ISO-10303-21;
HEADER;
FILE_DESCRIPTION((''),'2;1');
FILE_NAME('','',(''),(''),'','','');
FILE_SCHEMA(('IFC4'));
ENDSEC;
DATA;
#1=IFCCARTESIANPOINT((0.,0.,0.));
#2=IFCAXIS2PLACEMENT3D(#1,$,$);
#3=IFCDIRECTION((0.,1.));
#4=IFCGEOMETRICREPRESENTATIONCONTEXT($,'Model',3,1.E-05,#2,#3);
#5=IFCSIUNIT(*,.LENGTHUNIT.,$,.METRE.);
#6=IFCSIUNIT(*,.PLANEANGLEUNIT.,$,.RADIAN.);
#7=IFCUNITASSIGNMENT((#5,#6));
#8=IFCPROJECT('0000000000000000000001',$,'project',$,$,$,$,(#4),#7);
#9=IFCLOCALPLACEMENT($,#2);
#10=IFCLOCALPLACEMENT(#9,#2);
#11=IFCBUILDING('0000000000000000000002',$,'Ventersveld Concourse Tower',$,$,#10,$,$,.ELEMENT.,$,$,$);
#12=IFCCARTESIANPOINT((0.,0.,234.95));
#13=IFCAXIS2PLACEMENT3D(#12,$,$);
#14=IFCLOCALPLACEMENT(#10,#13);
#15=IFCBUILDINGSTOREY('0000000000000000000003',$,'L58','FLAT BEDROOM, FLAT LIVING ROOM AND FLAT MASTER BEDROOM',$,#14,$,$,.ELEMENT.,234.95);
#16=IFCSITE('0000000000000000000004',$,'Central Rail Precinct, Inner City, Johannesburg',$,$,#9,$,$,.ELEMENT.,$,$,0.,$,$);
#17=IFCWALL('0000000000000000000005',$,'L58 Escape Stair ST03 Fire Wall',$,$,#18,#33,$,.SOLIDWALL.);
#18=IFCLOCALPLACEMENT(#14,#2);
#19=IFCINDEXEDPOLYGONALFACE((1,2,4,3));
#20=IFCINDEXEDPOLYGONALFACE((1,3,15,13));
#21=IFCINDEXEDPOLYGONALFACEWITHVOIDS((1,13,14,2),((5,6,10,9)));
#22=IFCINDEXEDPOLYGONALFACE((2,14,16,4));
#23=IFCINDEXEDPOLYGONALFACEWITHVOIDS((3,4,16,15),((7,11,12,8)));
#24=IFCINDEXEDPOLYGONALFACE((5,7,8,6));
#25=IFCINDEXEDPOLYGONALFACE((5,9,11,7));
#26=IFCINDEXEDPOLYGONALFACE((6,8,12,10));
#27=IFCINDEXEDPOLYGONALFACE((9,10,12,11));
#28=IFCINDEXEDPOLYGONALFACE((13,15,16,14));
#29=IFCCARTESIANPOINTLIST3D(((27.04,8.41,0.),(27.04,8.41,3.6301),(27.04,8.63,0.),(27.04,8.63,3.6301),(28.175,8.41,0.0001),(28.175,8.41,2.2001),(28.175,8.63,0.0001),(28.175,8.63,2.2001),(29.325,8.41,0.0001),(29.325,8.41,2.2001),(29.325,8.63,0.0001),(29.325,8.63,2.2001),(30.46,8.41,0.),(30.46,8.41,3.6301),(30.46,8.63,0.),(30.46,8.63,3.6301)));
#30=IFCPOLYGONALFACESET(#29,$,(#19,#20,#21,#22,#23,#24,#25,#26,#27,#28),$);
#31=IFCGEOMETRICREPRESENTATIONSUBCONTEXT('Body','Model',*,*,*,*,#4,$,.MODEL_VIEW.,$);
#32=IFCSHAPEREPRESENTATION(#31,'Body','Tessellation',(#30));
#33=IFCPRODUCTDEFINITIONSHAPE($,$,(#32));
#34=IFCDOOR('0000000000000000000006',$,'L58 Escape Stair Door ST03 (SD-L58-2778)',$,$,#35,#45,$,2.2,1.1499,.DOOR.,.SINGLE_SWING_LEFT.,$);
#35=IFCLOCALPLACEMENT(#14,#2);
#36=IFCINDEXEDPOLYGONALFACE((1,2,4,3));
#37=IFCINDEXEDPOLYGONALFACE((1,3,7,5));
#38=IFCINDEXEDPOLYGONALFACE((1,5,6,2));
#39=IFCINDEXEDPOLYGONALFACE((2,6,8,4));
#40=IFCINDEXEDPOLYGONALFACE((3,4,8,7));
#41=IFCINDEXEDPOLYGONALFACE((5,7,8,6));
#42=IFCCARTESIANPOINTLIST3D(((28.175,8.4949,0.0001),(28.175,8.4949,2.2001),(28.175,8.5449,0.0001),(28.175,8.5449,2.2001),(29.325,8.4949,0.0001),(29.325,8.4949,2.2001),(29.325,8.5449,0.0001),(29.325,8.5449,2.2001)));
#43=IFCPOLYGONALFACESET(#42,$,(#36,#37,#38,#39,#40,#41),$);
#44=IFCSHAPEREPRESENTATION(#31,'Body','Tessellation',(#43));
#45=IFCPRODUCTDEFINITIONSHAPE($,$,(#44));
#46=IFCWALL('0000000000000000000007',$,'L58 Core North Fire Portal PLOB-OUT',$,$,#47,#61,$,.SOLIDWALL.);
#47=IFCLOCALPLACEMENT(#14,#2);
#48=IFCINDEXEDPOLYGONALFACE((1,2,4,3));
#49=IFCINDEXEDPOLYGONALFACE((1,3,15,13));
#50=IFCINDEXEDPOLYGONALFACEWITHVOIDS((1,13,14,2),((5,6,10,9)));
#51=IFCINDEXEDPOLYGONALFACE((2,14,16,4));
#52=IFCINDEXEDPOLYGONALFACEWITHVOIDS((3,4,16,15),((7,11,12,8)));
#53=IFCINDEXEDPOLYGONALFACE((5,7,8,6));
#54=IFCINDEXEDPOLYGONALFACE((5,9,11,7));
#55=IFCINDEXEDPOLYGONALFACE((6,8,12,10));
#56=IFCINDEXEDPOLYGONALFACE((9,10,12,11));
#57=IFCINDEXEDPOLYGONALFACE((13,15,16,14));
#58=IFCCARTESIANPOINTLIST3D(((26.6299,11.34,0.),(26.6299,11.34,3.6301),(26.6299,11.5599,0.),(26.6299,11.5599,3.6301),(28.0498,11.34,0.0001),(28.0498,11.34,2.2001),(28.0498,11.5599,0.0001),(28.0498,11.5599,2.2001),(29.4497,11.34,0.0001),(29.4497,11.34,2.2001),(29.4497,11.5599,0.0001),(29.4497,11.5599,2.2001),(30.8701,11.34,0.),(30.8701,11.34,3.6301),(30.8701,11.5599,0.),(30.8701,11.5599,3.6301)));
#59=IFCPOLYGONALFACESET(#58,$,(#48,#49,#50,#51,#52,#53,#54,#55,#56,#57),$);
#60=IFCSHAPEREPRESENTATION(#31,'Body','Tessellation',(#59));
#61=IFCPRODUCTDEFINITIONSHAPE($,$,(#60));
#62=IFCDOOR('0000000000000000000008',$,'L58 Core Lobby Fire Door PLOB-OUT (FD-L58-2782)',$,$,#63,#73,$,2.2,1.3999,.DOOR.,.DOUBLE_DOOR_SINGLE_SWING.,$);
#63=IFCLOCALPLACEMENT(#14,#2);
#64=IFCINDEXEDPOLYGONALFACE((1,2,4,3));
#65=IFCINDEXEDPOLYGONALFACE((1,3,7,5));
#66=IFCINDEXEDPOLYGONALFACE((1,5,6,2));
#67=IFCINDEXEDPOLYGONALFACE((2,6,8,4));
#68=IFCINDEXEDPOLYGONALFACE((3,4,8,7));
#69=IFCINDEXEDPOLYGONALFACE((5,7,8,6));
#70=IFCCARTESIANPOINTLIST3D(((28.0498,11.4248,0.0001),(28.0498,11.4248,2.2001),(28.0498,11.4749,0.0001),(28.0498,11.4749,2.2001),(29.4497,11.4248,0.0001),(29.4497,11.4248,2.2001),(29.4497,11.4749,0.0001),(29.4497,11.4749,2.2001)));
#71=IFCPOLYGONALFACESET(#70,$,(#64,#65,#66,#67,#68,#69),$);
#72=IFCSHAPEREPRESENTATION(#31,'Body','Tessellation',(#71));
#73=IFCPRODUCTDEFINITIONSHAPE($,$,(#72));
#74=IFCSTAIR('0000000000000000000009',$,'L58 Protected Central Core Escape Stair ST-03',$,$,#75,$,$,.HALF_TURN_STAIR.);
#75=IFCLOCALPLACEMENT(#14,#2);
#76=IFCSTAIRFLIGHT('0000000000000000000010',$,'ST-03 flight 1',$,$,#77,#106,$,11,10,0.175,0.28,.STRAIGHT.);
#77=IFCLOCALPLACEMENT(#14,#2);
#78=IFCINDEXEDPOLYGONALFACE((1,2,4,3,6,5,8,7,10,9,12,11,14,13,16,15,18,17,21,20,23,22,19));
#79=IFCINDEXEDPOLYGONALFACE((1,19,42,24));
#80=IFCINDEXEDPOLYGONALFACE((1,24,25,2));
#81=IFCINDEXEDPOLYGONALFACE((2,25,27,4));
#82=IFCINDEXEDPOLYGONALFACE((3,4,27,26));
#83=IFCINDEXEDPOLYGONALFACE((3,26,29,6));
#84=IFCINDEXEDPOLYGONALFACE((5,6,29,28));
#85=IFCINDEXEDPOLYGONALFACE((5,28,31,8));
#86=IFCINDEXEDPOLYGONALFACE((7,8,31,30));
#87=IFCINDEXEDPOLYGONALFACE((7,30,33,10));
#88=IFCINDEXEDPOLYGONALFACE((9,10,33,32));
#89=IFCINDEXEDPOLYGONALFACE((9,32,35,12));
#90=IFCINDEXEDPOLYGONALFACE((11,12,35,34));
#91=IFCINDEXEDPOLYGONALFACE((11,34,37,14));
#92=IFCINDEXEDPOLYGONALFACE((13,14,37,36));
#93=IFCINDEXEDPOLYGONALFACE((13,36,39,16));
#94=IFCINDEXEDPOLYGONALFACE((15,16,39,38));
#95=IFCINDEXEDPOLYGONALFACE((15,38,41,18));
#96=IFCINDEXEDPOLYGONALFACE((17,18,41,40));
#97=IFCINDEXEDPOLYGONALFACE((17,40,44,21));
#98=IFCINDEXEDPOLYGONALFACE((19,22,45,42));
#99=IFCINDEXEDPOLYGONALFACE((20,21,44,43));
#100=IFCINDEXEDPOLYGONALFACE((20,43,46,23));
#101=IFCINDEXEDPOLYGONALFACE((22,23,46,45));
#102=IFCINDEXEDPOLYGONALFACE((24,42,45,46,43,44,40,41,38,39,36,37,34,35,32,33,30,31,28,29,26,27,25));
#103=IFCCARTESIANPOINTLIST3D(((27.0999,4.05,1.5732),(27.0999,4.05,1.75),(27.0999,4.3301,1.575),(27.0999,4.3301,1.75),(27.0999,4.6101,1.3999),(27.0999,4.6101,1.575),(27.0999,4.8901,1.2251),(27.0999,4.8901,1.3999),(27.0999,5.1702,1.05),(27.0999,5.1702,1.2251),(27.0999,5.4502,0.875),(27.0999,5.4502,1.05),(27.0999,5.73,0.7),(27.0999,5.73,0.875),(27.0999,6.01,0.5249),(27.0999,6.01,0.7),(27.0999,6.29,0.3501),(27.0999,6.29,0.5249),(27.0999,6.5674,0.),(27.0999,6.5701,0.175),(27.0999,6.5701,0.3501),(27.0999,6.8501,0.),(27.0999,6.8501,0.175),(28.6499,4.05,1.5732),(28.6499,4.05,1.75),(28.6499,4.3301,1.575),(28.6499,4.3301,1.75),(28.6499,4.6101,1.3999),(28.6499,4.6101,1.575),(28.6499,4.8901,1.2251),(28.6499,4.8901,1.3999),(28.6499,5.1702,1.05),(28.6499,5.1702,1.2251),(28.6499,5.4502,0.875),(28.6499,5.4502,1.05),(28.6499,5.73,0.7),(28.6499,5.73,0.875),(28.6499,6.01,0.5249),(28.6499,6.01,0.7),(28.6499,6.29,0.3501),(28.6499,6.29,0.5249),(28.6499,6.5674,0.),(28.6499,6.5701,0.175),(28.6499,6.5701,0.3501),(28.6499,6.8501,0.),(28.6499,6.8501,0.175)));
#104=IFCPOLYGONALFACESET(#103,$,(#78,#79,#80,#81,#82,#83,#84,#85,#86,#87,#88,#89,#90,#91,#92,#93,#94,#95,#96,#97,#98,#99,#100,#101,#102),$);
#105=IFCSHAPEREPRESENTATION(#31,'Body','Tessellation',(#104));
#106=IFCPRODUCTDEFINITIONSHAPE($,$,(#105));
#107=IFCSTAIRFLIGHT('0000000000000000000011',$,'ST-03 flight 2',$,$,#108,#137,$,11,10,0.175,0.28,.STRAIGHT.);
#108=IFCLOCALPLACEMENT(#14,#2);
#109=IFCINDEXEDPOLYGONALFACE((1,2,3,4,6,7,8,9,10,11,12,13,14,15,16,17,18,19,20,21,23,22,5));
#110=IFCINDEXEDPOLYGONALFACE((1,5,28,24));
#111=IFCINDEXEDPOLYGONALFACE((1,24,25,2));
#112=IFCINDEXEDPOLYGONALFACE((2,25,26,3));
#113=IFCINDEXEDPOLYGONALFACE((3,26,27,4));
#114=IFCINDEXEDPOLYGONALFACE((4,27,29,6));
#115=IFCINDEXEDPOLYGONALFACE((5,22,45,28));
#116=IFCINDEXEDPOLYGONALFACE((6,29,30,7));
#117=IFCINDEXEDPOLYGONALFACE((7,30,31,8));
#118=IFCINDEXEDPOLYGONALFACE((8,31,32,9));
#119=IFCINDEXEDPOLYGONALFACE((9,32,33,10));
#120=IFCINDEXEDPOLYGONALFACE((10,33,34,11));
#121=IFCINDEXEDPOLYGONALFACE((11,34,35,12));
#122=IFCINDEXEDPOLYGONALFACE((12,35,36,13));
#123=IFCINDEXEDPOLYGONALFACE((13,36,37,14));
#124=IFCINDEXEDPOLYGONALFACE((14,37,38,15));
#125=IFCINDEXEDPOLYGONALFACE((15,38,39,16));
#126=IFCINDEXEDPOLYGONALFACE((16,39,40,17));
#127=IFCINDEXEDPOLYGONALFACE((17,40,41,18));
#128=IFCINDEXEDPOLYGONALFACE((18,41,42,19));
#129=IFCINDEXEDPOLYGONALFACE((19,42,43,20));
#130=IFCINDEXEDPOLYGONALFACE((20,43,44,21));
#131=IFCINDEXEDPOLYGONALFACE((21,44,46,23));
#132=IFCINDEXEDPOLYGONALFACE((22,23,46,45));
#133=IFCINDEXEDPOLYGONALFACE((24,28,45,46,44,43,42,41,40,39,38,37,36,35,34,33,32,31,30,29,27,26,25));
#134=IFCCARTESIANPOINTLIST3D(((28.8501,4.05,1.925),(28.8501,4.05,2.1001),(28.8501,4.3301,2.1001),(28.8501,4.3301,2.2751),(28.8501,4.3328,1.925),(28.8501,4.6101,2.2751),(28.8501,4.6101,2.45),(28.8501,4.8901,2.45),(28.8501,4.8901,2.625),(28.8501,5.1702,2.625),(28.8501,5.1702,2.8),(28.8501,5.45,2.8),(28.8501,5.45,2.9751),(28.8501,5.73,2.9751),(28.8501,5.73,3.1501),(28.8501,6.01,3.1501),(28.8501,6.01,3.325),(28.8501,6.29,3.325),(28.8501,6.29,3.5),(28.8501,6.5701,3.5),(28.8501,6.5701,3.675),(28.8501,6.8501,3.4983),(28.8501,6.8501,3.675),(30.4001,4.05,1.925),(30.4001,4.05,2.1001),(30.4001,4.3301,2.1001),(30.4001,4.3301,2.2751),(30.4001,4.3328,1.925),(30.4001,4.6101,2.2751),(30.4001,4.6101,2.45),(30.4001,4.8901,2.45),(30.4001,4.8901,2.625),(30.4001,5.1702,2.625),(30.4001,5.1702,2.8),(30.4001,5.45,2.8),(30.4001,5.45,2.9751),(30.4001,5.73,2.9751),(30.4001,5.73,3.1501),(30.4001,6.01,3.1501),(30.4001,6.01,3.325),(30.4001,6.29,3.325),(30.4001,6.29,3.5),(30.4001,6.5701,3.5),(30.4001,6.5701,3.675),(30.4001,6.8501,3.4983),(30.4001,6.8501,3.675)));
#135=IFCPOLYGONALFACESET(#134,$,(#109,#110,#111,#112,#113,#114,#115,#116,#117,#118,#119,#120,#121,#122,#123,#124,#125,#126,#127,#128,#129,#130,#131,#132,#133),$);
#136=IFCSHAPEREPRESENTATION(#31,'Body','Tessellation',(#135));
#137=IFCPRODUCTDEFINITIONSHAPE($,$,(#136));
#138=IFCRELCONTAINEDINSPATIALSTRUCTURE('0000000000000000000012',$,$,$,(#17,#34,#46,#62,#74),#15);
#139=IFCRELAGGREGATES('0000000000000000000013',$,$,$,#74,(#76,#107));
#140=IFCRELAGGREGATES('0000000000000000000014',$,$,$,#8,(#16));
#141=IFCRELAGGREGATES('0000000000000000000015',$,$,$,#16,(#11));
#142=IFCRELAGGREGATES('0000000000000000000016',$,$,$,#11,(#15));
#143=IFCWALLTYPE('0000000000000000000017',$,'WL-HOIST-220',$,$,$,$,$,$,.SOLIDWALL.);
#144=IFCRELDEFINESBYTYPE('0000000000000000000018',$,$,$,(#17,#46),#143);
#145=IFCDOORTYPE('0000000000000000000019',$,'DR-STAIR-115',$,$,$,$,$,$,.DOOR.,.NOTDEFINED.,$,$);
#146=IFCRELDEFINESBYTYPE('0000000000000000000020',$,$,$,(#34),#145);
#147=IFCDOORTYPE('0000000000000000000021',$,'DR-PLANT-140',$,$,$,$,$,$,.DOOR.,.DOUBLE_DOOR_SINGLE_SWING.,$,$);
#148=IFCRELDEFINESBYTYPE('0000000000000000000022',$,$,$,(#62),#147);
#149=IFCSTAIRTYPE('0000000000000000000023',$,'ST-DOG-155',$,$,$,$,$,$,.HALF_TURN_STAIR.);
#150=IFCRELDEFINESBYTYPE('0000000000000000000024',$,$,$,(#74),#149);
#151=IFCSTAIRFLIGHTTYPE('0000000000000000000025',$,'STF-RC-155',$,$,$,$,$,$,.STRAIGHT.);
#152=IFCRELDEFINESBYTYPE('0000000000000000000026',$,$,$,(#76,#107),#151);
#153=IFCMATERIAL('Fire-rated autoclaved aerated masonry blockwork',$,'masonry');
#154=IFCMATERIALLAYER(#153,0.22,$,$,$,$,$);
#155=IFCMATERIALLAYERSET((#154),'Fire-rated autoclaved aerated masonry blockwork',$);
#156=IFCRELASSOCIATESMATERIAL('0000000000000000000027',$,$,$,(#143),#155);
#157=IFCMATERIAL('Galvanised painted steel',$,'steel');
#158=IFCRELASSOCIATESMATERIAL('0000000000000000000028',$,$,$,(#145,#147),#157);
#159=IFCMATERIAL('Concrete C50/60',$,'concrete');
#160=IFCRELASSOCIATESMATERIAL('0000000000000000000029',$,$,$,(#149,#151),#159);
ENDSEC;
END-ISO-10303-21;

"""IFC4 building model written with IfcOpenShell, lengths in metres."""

from ifc_helpers import new_model, si_unit, direction, frame, frame_2d, origin, place, context, subcontext, project, spatial, polyline, rectangle, outline, extrude, material, layer, layer_set, type_object, element, fill, aggregate, save


model = new_model("IFC4")

# Units and contexts
model_context = context("Model", 3, precision=1e-05, world=origin(), true_north=direction((0.0, 1.0)))
body_context = subcontext(model_context, "Body", "Model", "MODEL_VIEW")
ifc_project = project(units=[si_unit("LENGTHUNIT", "METRE"), si_unit("PLANEANGLEUNIT", "RADIAN")], contexts=[model_context])

# Site, building, storey
site_placement = place(None, origin())
site = spatial("IfcSite", under=ifc_project, at=site_placement, Name="Central Rail Precinct, Inner City, Johannesburg", CompositionType="ELEMENT", RefElevation=0.0)
building_placement = place(site_placement, origin())
building = spatial("IfcBuilding", under=site, at=building_placement, Name="Ventersveld Concourse Tower", CompositionType="ELEMENT")
storey_placement = place(building_placement, frame((0.0, 0.0, 234.95)))
storey = spatial("IfcBuildingStorey", under=building, at=storey_placement, Name="L58", Description="FLAT BEDROOM, FLAT LIVING ROOM AND FLAT MASTER BEDROOM", CompositionType="ELEMENT", Elevation=234.95)

# Shared definitions
ifc_material_1 = material(Name="Concrete C50/60", Category="concrete")

# Shared definitions
ifc_material_2 = material(Name="Fire-rated autoclaved aerated masonry blockwork", Category="masonry")
ifc_layer_1 = layer(ifc_material_2, 0.22)
ifc_layer_set_1 = layer_set([ifc_layer_1], Name="Fire-rated autoclaved aerated masonry blockwork")
wall_type_1 = type_object("IfcWallType", Name="WL-HOIST-220", PredefinedType="SOLIDWALL", material=ifc_layer_set_1)

# Walls, openings, doors
wall_1_placement = place(storey_placement, frame((27.04, 8.52, 0.0), z_axis=(0.0, 0.0, 1.0), x_axis=(1.0, 0.0, 0.0)))
wall_1 = element("IfcWall", 1, at=wall_1_placement, inside=storey, type_object=wall_type_1, Name="L58 Escape Stair ST03 Fire Wall", PredefinedType="SOLIDWALL", context=body_context, shape_type="SweptSolid", body=[
    extrude(rectangle(XDim=3.4199, YDim=0.22, at=frame_2d((1.71, 0.0))), origin(), (0.0, 0.0, 1.0), 3.6301),
])
opening_1_placement = place(wall_1_placement, frame((1.135, 0.0, 0.0)))
opening_1 = element("IfcOpeningElement", 2, at=opening_1_placement, cuts=wall_1, PredefinedType="OPENING", context=body_context, shape_type="SweptSolid", body=[
    extrude(rectangle(XDim=1.1499, YDim=2.2, at=frame_2d((0.575, 1.1001))), frame((0.0, 0.1201, 0.0), z_axis=(0.0, -1.0, 0.0), x_axis=(1.0, 0.0, 0.0)), (0.0, 0.0, 1.0), 0.24),
])
ifc_material_3 = material(Name="Galvanised painted steel", Category="steel")
door_type_1 = type_object("IfcDoorType", Name="DR-STAIR-115", OperationType="NOTDEFINED", PredefinedType="DOOR", material=ifc_material_3)
door_1_placement = place(opening_1_placement, origin())
door_1 = element("IfcDoor", 3, at=door_1_placement, inside=storey, type_object=door_type_1, Name="L58 Escape Stair Door ST03 (SD-L58-2778)", OperationType="SINGLE_SWING_LEFT", OverallHeight=2.2, OverallWidth=1.1499, PredefinedType="DOOR", context=body_context, shape_type="SweptSolid", body=[
    extrude(rectangle(XDim=1.1499, YDim=2.2, at=frame_2d((0.575, 1.1001))), frame((0.0, 0.0249, 0.0), z_axis=(0.0, -1.0, 0.0), x_axis=(1.0, 0.0, 0.0)), (0.0, 0.0, 1.0), 0.05),
])
fill(opening_1, door_1)
wall_2_placement = place(storey_placement, frame((26.6299, 11.45, 0.0), z_axis=(0.0, 0.0, 1.0), x_axis=(1.0, 0.0, 0.0)))
wall_2 = element("IfcWall", 4, at=wall_2_placement, inside=storey, type_object=wall_type_1, Name="L58 Core North Fire Portal PLOB-OUT", PredefinedType="SOLIDWALL", context=body_context, shape_type="SweptSolid", body=[
    extrude(rectangle(XDim=4.2402, YDim=0.22, at=frame_2d((2.1201, 0.0))), origin(), (0.0, 0.0, 1.0), 3.6301),
])
opening_2_placement = place(wall_2_placement, frame((1.4199, 0.0, 0.0)))
opening_2 = element("IfcOpeningElement", 5, at=opening_2_placement, cuts=wall_2, PredefinedType="OPENING", context=body_context, shape_type="SweptSolid", body=[
    extrude(rectangle(XDim=1.3999, YDim=2.2, at=frame_2d((0.7, 1.1001))), frame((0.0, 0.1201, 0.0), z_axis=(0.0, -1.0, 0.0), x_axis=(1.0, 0.0, 0.0)), (0.0, 0.0, 1.0), 0.24),
])
door_type_2 = type_object("IfcDoorType", Name="DR-PLANT-140", OperationType="DOUBLE_DOOR_SINGLE_SWING", PredefinedType="DOOR", material=ifc_material_3)
door_2_placement = place(opening_2_placement, origin())
door_2 = element("IfcDoor", 6, at=door_2_placement, inside=storey, type_object=door_type_2, Name="L58 Core Lobby Fire Door PLOB-OUT (FD-L58-2782)", OperationType="DOUBLE_DOOR_SINGLE_SWING", OverallHeight=2.2, OverallWidth=1.3999, PredefinedType="DOOR", context=body_context, shape_type="SweptSolid", body=[
    extrude(rectangle(XDim=1.3999, YDim=2.2, at=frame_2d((0.7, 1.1001))), frame((0.0, 0.0249, 0.0), z_axis=(0.0, -1.0, 0.0), x_axis=(1.0, 0.0, 0.0)), (0.0, 0.0, 1.0), 0.05),
])
fill(opening_2, door_2)

# Stair, stair flights
stair_type = type_object("IfcStairType", Name="ST-DOG-155", PredefinedType="HALF_TURN_STAIR", material=ifc_material_1)
stair_placement = place(storey_placement, origin())
stair = element("IfcStair", 7, at=stair_placement, inside=storey, type_object=stair_type, Name="L58 Protected Central Core Escape Stair ST-03", PredefinedType="HALF_TURN_STAIR")
stair_flight_type = type_object("IfcStairFlightType", Name="STF-RC-155", PredefinedType="STRAIGHT", material=ifc_material_1)
stair_flight_1_placement = place(storey_placement, frame((27.875, 6.8501, 0.0), z_axis=(0.0, 0.0, 1.0), x_axis=(0.0, -1.0, 0.0)))
stair_flight_1 = element("IfcStairFlight", 8, at=stair_flight_1_placement, type_object=stair_flight_type, Name="ST-03 flight 1", NumberOfRisers=11, NumberOfTreads=10, PredefinedType="STRAIGHT", RiserHeight=0.175, TreadLength=0.28, context=body_context, shape_type="SweptSolid", body=[
    extrude(outline(polyline([(0.0, 0.0), (0.0, 0.175), (0.28, 0.175), (0.28, 0.3501), (0.5601, 0.3501), (0.5601, 0.5249), (0.8401, 0.5249), (0.8401, 0.7), (1.1201, 0.7), (1.1201, 0.875), (1.3999, 0.875), (1.3999, 1.05), (1.6799, 1.05), (1.6799, 1.2251), (1.96, 1.2251), (1.96, 1.3999), (2.24, 1.3999), (2.24, 1.575), (2.52, 1.575), (2.52, 1.75), (2.8, 1.75), (2.8, 1.925), (2.8, 1.5732), (0.2827, 0.0), (0.0, 0.0)])), frame((0.0, 0.7749, 0.0), z_axis=(0.0, -1.0, 0.0), x_axis=(1.0, 0.0, 0.0)), (0.0, 0.0, 1.0), 1.55),
])
stair_flight_2_placement = place(storey_placement, frame((29.625, 4.05, 1.925), z_axis=(0.0, 0.0, 1.0), x_axis=(0.0, 1.0, 0.0)))
stair_flight_2 = element("IfcStairFlight", 9, at=stair_flight_2_placement, type_object=stair_flight_type, Name="ST-03 flight 2", NumberOfRisers=11, NumberOfTreads=10, PredefinedType="STRAIGHT", RiserHeight=0.175, TreadLength=0.28, context=body_context, shape_type="SweptSolid", body=[
    extrude(outline(polyline([(0.0, 0.0), (0.0, 0.175), (0.28, 0.175), (0.28, 0.3501), (0.5601, 0.3501), (0.5601, 0.5249), (0.8401, 0.5249), (0.8401, 0.7), (1.1201, 0.7), (1.1201, 0.875), (1.3999, 0.875), (1.3999, 1.05), (1.6799, 1.05), (1.6799, 1.2251), (1.96, 1.2251), (1.96, 1.3999), (2.24, 1.3999), (2.24, 1.575), (2.52, 1.575), (2.52, 1.75), (2.8, 1.75), (2.8, 1.925), (2.8, 1.5732), (0.2827, 0.0), (0.0, 0.0)])), frame((0.0, 0.7749, 0.0), z_axis=(0.0, -1.0, 0.0), x_axis=(1.0, 0.0, 0.0)), (0.0, 0.0, 1.0), 1.55),
])
aggregate(stair, [stair_flight_1, stair_flight_2])

save(model, "model.ifc")
